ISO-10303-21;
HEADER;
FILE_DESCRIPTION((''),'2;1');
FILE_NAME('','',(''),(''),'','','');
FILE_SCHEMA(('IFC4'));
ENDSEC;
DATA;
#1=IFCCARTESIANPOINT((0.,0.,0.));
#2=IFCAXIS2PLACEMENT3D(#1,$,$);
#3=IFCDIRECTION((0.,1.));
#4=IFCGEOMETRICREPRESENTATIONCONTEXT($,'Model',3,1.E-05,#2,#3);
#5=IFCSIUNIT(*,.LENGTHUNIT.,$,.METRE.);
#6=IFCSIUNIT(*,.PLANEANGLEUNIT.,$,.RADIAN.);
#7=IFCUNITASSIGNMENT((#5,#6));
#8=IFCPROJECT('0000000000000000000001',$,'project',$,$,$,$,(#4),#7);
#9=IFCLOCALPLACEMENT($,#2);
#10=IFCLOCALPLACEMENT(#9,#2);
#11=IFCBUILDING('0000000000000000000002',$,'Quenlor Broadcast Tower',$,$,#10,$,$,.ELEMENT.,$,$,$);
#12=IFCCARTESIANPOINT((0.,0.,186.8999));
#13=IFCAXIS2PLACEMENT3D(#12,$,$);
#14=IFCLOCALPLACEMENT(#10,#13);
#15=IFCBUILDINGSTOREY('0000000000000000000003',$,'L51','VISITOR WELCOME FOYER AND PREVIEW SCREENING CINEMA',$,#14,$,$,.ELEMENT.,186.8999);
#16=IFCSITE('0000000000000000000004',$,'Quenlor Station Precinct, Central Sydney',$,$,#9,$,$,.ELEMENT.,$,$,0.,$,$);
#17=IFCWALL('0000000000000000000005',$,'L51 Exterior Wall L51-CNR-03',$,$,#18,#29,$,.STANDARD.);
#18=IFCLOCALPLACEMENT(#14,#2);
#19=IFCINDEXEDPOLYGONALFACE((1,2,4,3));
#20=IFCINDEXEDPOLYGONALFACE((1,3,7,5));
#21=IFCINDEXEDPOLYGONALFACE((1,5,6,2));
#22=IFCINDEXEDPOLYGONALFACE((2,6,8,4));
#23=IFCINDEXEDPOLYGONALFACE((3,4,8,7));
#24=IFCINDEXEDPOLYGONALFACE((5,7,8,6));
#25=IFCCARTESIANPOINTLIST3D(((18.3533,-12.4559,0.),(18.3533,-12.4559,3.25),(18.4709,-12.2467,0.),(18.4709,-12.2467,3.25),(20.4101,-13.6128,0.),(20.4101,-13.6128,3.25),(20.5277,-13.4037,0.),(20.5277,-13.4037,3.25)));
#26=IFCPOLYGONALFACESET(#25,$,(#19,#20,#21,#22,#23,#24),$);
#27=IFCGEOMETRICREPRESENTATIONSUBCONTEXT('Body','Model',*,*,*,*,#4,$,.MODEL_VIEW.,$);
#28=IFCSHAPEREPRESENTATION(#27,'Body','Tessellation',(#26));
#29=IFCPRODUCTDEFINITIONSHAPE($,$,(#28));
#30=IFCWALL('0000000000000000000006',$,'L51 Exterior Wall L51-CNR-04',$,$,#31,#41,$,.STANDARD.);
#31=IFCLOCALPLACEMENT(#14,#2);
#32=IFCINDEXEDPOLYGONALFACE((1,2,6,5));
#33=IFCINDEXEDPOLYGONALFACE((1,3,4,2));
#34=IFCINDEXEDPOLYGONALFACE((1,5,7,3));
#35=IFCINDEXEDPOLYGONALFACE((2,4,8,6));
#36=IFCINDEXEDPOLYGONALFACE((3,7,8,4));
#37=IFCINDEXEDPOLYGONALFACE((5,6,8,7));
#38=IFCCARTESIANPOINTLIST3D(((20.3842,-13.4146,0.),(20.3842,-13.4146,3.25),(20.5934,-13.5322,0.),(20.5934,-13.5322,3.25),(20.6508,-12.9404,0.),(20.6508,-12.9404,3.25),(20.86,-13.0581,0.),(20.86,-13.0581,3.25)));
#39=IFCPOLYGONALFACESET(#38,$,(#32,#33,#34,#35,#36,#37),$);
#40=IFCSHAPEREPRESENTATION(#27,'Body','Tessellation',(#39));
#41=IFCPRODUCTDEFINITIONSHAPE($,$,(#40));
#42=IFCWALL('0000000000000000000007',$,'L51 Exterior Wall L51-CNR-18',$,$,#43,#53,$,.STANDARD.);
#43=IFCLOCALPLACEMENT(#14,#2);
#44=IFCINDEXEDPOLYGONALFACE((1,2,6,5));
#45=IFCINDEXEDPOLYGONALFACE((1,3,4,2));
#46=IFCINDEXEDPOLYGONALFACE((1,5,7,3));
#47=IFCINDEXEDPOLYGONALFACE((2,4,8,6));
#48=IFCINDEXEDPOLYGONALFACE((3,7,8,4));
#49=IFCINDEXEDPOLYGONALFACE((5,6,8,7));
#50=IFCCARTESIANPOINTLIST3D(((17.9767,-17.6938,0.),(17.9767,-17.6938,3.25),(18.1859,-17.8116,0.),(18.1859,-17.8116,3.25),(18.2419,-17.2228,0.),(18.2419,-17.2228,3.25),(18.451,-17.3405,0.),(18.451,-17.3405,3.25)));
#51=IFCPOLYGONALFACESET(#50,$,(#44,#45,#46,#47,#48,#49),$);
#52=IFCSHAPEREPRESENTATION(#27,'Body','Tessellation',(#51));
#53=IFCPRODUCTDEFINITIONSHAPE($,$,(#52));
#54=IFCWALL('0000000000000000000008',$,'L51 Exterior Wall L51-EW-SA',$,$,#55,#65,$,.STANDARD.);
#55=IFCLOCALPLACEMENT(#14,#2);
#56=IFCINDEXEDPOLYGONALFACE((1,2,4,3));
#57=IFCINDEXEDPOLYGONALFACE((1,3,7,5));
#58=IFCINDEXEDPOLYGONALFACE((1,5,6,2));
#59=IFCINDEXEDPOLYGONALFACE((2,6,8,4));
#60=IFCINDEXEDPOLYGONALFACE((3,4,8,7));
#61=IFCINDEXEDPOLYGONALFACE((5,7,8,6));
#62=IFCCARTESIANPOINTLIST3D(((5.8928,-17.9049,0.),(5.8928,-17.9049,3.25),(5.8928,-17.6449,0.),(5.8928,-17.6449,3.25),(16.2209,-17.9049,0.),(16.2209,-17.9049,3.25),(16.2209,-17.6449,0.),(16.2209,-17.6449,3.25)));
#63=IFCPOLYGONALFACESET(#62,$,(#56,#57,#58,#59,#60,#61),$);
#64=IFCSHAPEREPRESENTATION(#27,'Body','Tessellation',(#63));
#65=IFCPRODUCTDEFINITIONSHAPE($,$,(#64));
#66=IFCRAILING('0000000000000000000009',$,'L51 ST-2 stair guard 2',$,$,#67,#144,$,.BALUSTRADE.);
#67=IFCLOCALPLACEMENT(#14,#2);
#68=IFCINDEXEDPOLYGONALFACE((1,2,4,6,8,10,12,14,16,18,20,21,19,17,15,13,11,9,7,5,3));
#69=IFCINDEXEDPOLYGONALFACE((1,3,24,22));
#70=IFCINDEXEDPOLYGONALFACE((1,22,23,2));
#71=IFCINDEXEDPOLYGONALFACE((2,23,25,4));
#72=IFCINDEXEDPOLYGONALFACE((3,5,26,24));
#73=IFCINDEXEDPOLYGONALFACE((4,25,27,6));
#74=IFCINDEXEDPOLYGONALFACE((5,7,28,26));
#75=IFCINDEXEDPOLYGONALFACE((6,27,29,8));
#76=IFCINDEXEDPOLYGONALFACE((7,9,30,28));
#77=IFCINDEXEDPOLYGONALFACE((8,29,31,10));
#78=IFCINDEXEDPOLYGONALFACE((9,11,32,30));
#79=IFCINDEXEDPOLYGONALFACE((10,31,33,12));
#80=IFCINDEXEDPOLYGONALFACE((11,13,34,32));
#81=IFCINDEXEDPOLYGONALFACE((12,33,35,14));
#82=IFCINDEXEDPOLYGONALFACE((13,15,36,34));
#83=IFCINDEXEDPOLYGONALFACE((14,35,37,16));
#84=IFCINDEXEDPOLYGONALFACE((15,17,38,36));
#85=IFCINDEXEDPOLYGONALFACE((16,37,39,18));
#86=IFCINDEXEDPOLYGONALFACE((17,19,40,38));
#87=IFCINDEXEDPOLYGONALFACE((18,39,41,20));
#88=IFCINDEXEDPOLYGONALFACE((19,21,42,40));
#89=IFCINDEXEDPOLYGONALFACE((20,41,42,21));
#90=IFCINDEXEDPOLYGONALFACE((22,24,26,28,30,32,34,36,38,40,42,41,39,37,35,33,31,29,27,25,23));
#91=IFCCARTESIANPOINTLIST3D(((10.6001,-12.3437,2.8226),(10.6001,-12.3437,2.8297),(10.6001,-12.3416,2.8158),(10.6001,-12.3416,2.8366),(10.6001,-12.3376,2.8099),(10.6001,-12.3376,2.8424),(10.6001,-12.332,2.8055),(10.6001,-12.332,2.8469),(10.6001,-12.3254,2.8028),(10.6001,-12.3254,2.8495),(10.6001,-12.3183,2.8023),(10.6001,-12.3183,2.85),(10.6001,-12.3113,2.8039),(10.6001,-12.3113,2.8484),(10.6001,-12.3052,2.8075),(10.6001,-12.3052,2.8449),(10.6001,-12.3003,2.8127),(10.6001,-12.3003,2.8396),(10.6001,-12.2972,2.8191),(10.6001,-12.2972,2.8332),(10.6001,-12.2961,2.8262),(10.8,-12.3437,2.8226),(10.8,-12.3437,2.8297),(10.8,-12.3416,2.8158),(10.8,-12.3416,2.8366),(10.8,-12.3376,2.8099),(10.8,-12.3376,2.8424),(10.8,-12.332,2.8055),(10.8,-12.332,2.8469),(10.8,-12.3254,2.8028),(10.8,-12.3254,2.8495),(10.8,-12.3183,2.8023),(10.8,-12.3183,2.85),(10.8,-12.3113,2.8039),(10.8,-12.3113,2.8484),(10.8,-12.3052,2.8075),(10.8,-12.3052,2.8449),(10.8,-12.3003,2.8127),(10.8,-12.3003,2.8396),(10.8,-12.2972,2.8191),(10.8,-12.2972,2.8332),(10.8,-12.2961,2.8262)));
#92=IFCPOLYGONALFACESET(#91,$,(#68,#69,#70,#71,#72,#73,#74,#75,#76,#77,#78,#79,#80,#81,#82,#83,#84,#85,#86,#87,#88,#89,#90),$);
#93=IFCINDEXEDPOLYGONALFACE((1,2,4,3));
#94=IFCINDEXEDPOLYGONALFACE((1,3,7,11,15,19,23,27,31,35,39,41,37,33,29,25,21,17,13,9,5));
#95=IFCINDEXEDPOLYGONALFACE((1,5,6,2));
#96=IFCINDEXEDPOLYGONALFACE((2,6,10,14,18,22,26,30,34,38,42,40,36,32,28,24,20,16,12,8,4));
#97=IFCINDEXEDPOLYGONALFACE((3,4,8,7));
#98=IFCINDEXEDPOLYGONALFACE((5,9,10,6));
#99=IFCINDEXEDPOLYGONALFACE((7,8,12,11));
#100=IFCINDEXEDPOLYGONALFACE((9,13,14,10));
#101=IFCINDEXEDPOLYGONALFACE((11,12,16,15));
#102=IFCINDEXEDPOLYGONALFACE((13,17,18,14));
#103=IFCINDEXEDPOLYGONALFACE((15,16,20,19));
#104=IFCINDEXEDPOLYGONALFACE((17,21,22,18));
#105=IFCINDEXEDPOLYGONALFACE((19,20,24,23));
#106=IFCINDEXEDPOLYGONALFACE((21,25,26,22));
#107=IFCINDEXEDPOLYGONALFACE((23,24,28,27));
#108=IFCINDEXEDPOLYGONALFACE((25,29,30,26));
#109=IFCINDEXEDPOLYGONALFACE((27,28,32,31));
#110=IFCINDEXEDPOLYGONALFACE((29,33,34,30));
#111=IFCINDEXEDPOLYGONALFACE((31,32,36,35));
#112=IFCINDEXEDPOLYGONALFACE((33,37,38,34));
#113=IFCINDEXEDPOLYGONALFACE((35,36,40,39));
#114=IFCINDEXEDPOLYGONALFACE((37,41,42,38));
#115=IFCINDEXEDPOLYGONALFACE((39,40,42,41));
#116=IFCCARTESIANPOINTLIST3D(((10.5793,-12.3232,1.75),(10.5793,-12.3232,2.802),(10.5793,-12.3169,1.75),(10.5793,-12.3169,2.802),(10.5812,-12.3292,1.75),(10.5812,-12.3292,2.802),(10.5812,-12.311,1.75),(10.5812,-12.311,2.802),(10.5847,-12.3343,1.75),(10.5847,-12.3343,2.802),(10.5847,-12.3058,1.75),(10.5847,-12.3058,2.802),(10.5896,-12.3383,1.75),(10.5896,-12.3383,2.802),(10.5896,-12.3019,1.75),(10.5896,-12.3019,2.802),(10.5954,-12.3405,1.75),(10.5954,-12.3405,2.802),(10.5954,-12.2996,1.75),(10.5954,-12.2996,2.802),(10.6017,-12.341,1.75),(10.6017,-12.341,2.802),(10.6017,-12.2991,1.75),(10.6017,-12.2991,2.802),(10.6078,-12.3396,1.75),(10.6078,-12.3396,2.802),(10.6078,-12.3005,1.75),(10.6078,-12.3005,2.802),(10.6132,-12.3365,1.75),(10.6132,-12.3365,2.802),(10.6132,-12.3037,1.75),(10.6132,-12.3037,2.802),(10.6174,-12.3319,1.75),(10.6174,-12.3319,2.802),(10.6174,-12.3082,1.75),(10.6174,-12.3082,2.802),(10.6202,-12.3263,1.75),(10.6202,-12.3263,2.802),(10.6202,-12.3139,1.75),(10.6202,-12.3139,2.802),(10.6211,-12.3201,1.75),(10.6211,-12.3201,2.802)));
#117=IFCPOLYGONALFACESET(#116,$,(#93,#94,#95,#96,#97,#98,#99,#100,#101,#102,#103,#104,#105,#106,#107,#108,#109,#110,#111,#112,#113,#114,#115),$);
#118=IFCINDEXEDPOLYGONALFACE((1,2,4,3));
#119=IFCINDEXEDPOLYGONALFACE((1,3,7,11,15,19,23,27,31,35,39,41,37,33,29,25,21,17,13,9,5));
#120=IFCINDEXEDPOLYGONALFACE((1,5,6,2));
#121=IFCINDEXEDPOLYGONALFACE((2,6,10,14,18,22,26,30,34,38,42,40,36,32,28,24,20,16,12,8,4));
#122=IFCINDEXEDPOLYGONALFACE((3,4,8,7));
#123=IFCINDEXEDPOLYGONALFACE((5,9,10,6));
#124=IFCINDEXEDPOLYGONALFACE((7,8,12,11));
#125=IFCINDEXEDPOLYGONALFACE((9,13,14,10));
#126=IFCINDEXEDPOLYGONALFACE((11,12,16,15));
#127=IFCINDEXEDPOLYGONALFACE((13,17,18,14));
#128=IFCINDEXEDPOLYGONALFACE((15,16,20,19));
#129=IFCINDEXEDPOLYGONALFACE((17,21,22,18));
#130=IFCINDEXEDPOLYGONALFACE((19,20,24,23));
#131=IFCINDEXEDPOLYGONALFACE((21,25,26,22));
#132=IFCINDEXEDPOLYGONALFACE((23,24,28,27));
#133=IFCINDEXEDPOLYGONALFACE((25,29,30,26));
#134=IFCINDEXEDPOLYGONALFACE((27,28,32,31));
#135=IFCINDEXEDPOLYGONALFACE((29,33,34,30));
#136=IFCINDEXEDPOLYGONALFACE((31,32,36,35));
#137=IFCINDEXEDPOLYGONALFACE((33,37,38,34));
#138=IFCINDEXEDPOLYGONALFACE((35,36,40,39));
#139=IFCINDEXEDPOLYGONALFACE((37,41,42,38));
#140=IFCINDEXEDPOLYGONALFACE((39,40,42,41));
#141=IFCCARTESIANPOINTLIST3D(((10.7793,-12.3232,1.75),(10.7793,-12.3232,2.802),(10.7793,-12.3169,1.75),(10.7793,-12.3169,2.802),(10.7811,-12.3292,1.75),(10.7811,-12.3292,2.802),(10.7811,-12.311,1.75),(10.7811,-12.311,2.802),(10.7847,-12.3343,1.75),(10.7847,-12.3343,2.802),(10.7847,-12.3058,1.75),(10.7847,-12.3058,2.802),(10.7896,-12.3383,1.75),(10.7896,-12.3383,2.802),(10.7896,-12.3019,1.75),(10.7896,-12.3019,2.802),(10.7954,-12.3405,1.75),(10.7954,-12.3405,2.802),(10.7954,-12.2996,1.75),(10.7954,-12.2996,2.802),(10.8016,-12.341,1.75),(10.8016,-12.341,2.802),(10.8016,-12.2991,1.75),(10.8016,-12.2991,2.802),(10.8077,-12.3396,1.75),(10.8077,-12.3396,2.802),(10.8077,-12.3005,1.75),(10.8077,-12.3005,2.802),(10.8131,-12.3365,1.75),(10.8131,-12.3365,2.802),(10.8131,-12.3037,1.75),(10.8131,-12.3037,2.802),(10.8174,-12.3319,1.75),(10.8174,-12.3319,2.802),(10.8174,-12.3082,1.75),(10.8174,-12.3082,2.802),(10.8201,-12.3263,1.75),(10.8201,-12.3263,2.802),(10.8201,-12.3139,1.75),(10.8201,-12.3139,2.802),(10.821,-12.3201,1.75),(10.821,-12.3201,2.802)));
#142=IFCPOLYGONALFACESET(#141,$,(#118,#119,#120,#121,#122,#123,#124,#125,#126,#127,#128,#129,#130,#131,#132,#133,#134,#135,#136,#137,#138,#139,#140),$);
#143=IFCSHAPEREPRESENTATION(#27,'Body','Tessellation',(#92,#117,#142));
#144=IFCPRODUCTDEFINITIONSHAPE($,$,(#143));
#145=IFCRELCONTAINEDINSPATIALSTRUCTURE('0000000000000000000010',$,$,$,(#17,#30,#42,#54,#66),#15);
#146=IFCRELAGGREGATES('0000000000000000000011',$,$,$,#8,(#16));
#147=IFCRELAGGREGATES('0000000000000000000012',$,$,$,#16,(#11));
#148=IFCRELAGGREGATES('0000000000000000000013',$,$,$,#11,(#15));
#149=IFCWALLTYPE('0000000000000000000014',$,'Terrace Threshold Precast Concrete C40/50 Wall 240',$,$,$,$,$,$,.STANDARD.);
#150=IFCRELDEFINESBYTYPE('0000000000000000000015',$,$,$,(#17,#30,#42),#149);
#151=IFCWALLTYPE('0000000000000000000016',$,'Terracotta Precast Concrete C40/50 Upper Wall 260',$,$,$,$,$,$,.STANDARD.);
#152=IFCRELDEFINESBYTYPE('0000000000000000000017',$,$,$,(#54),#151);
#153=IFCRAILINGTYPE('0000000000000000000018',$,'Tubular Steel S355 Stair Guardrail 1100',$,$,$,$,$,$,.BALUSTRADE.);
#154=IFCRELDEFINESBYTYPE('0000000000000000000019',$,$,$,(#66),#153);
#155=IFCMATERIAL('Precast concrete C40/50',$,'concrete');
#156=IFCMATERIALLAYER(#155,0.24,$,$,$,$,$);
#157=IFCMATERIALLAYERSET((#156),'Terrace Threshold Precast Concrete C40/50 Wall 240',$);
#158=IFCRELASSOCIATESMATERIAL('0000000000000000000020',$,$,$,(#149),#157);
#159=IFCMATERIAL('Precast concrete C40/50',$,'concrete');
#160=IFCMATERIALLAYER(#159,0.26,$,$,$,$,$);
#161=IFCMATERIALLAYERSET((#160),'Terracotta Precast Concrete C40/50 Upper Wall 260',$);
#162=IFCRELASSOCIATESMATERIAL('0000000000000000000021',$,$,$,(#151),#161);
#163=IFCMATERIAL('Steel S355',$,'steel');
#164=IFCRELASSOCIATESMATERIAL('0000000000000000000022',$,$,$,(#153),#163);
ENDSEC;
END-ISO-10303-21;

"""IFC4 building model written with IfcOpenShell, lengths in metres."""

from ifc_helpers import new_model, si_unit, direction, frame, frame_2d, origin, origin_2d, place, context, subcontext, project, spatial, rectangle, circle, extrude, material, layer, layer_set, type_object, element, save


model = new_model("IFC4")

# Units and contexts
model_context = context("Model", 3, precision=1e-05, world=origin(), true_north=direction((0.0, 1.0)))
body_context = subcontext(model_context, "Body", "Model", "MODEL_VIEW")
ifc_project = project(units=[si_unit("LENGTHUNIT", "METRE"), si_unit("PLANEANGLEUNIT", "RADIAN")], contexts=[model_context])

# Site, building, storey
site_placement = place(None, origin())
site = spatial("IfcSite", under=ifc_project, at=site_placement, Name="Quenlor Station Precinct, Central Sydney", CompositionType="ELEMENT", RefElevation=0.0)
building_placement = place(site_placement, origin())
building = spatial("IfcBuilding", under=site, at=building_placement, Name="Quenlor Broadcast Tower", CompositionType="ELEMENT")
storey_placement = place(building_placement, frame((0.0, 0.0, 186.8999)))
storey = spatial("IfcBuildingStorey", under=building, at=storey_placement, Name="L51", Description="VISITOR WELCOME FOYER AND PREVIEW SCREENING CINEMA", CompositionType="ELEMENT", Elevation=186.8999)

# Walls
ifc_material_1 = material(Name="Precast concrete C40/50", Category="concrete")
ifc_layer_1 = layer(ifc_material_1, 0.24)
ifc_layer_set_1 = layer_set([ifc_layer_1], Name="Terrace Threshold Precast Concrete C40/50 Wall 240")
wall_type_1 = type_object("IfcWallType", Name="Terrace Threshold Precast Concrete C40/50 Wall 240", PredefinedType="STANDARD", material=ifc_layer_set_1)
wall_1_placement = place(storey_placement, frame((18.4121, -12.3513, 0.0), z_axis=(0.0, 0.0, 1.0), x_axis=(0.871578, -0.490256, 0.0)))
element("IfcWall", 1, at=wall_1_placement, inside=storey, type_object=wall_type_1, Name="L51 Exterior Wall L51-CNR-03", PredefinedType="STANDARD", context=body_context, shape_type="SweptSolid", body=[
    extrude(rectangle(XDim=2.3599, YDim=0.24, at=frame_2d((1.1799, 0.0))), origin(), (0.0, 0.0, 1.0), 3.25),
])
wall_2_placement = place(storey_placement, frame((20.4888, -13.4734, 0.0), z_axis=(0.0, 0.0, 1.0), x_axis=(0.490133, 0.871647, 0.0)))
element("IfcWall", 2, at=wall_2_placement, inside=storey, type_object=wall_type_1, Name="L51 Exterior Wall L51-CNR-04", PredefinedType="STANDARD", context=body_context, shape_type="SweptSolid", body=[
    extrude(rectangle(XDim=0.5439, YDim=0.24, at=frame_2d((0.272, 0.0))), origin(), (0.0, 0.0, 1.0), 3.25),
])
wall_3_placement = place(storey_placement, frame((18.0813, -17.7527, 0.0), z_axis=(0.0, 0.0, 1.0), x_axis=(0.490583, 0.871395, 0.0)))
element("IfcWall", 3, at=wall_3_placement, inside=storey, type_object=wall_type_1, Name="L51 Exterior Wall L51-CNR-18", PredefinedType="STANDARD", context=body_context, shape_type="SweptSolid", body=[
    extrude(rectangle(XDim=0.5405, YDim=0.24, at=frame_2d((0.2703, 0.0))), origin(), (0.0, 0.0, 1.0), 3.25),
])
ifc_material_2 = material(Name="Precast concrete C40/50", Category="concrete")
ifc_layer_2 = layer(ifc_material_2, 0.26)
ifc_layer_set_2 = layer_set([ifc_layer_2], Name="Terracotta Precast Concrete C40/50 Upper Wall 260")
wall_type_2 = type_object("IfcWallType", Name="Terracotta Precast Concrete C40/50 Upper Wall 260", PredefinedType="STANDARD", material=ifc_layer_set_2)
wall_4_placement = place(storey_placement, frame((16.2209, -17.7749, 0.0), z_axis=(0.0, 0.0, 1.0), x_axis=(-1.0, 0.0, 0.0)))
element("IfcWall", 4, at=wall_4_placement, inside=storey, type_object=wall_type_2, Name="L51 Exterior Wall L51-EW-SA", PredefinedType="STANDARD", context=body_context, shape_type="SweptSolid", body=[
    extrude(rectangle(XDim=10.3281, YDim=0.26, at=frame_2d((5.1641, 0.0))), origin(), (0.0, 0.0, 1.0), 3.25),
])

# Railing
ifc_material_3 = material(Name="Steel S355", Category="steel")
railing_type = type_object("IfcRailingType", Name="Tubular Steel S355 Stair Guardrail 1100", PredefinedType="BALUSTRADE", material=ifc_material_3)
railing_placement = place(storey_placement, frame((10.6001, -12.3201, 1.75)))
element("IfcRailing", 5, at=railing_placement, inside=storey, type_object=railing_type, Name="L51 ST-2 stair guard 2", PredefinedType="BALUSTRADE", context=body_context, shape_type="SweptSolid", body=[
    extrude(circle(Radius=0.0239, at=origin_2d()), frame((0.0, 0.0, 1.0762), z_axis=(1.0, 0.0, 0.0), x_axis=(0.0, 1.0, 0.0)), (0.0, 0.0, 1.0), 0.2),
    extrude(circle(Radius=0.021, at=origin_2d()), origin(), (0.0, 0.0, 1.0), 1.052),
    extrude(circle(Radius=0.021, at=origin_2d()), frame((0.2, 0.0, 0.0)), (0.0, 0.0, 1.0), 1.052),
])

save(model, "model.ifc")
